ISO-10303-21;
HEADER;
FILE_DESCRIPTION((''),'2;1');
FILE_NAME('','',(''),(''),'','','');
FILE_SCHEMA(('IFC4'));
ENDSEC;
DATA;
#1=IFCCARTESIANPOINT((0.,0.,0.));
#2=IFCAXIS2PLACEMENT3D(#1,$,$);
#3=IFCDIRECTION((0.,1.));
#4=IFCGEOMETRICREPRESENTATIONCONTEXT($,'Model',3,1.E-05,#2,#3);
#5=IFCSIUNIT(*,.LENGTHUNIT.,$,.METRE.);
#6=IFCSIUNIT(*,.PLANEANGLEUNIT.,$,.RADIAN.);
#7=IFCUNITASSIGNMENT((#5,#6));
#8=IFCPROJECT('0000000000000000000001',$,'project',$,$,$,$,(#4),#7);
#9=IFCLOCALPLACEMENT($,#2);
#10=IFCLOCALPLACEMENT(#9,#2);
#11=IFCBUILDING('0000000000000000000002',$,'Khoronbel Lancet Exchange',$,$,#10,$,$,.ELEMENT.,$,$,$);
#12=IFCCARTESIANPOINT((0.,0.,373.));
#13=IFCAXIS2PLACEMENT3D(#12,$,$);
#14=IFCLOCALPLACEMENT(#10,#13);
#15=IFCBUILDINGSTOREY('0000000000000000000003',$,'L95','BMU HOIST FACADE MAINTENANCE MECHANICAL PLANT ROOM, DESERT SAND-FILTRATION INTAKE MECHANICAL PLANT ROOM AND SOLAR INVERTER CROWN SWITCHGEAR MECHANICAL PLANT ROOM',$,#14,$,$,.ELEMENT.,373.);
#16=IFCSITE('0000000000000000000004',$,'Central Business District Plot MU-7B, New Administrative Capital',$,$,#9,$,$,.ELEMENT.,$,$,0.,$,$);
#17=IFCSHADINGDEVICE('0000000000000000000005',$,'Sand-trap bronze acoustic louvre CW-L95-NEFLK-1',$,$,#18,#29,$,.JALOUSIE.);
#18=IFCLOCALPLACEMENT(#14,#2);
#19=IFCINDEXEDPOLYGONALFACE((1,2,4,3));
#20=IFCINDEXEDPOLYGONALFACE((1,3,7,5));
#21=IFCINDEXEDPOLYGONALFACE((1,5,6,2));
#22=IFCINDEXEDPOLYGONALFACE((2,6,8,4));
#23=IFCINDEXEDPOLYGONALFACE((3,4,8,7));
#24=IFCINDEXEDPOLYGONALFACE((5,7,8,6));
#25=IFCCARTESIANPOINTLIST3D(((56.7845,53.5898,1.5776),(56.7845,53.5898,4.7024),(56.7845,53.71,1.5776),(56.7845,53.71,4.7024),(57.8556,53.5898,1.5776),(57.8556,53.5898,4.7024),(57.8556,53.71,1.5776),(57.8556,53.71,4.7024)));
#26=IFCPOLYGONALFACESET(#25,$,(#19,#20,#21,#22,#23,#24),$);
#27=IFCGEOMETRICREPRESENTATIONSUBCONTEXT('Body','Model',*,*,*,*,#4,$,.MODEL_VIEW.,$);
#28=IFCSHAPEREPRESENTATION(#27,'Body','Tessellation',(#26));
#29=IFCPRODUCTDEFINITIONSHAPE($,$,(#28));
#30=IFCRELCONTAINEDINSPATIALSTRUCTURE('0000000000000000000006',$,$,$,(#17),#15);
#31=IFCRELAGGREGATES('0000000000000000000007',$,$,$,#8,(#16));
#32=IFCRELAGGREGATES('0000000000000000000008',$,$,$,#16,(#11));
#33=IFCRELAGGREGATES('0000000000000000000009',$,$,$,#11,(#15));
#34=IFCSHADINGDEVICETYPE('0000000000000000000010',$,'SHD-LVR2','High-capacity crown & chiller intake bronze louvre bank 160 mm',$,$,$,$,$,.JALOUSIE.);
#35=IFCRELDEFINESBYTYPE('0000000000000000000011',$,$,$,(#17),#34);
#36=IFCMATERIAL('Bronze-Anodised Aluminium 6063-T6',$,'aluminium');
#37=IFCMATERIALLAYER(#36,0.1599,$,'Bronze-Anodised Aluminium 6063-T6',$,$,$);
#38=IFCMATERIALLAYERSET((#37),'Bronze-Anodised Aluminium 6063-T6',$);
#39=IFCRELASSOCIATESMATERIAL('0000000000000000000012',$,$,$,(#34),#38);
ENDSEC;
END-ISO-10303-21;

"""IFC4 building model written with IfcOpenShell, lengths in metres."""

from ifc_helpers import new_model, si_unit, direction, frame, origin, origin_2d, place, context, subcontext, project, spatial, rectangle, extrude, material, layer, layer_set, type_object, element, save


model = new_model("IFC4")

# Units and contexts
model_context = context("Model", 3, precision=1e-05, world=origin(), true_north=direction((0.0, 1.0)))
body_context = subcontext(model_context, "Body", "Model", "MODEL_VIEW")
ifc_project = project(units=[si_unit("LENGTHUNIT", "METRE"), si_unit("PLANEANGLEUNIT", "RADIAN")], contexts=[model_context])

# Site, building, storey
site_placement = place(None, origin())
site = spatial("IfcSite", under=ifc_project, at=site_placement, Name="Central Business District Plot MU-7B, New Administrative Capital", CompositionType="ELEMENT", RefElevation=0.0)
building_placement = place(site_placement, origin())
building = spatial("IfcBuilding", under=site, at=building_placement, Name="Khoronbel Lancet Exchange", CompositionType="ELEMENT")
storey_placement = place(building_placement, frame((0.0, 0.0, 373.0)))
storey = spatial("IfcBuildingStorey", under=building, at=storey_placement, Name="L95", Description="BMU HOIST FACADE MAINTENANCE MECHANICAL PLANT ROOM, DESERT SAND-FILTRATION INTAKE MECHANICAL PLANT ROOM AND SOLAR INVERTER CROWN SWITCHGEAR MECHANICAL PLANT ROOM", CompositionType="ELEMENT", Elevation=373.0)

# Shared definitions
ifc_material_1 = material(Name="Bronze-Anodised Aluminium 6063-T6", Category="aluminium")

# Shading device
ifc_layer_1 = layer(ifc_material_1, 0.1599, Name="Bronze-Anodised Aluminium 6063-T6")
ifc_layer_set_1 = layer_set([ifc_layer_1], Name="Bronze-Anodised Aluminium 6063-T6")
shading_device_type = type_object("IfcShadingDeviceType", Name="SHD-LVR2", Description="High-capacity crown & chiller intake bronze louvre bank 160 mm", PredefinedType="JALOUSIE", material=ifc_layer_set_1)
shading_device_placement = place(storey_placement, frame((57.3201, 53.6499, 1.5776), z_axis=(0.0, 0.0, 1.0), x_axis=(-1.0, 0.0, 0.0)))
element("IfcShadingDevice", 1, at=shading_device_placement, inside=storey, type_object=shading_device_type, Name="Sand-trap bronze acoustic louvre CW-L95-NEFLK-1", PredefinedType="JALOUSIE", context=body_context, shape_type="SweptSolid", body=[
    extrude(rectangle(XDim=1.071, YDim=0.1201, at=origin_2d()), origin(), (0.0, 0.0, 1.0), 3.1248),
])

save(model, "model.ifc")
